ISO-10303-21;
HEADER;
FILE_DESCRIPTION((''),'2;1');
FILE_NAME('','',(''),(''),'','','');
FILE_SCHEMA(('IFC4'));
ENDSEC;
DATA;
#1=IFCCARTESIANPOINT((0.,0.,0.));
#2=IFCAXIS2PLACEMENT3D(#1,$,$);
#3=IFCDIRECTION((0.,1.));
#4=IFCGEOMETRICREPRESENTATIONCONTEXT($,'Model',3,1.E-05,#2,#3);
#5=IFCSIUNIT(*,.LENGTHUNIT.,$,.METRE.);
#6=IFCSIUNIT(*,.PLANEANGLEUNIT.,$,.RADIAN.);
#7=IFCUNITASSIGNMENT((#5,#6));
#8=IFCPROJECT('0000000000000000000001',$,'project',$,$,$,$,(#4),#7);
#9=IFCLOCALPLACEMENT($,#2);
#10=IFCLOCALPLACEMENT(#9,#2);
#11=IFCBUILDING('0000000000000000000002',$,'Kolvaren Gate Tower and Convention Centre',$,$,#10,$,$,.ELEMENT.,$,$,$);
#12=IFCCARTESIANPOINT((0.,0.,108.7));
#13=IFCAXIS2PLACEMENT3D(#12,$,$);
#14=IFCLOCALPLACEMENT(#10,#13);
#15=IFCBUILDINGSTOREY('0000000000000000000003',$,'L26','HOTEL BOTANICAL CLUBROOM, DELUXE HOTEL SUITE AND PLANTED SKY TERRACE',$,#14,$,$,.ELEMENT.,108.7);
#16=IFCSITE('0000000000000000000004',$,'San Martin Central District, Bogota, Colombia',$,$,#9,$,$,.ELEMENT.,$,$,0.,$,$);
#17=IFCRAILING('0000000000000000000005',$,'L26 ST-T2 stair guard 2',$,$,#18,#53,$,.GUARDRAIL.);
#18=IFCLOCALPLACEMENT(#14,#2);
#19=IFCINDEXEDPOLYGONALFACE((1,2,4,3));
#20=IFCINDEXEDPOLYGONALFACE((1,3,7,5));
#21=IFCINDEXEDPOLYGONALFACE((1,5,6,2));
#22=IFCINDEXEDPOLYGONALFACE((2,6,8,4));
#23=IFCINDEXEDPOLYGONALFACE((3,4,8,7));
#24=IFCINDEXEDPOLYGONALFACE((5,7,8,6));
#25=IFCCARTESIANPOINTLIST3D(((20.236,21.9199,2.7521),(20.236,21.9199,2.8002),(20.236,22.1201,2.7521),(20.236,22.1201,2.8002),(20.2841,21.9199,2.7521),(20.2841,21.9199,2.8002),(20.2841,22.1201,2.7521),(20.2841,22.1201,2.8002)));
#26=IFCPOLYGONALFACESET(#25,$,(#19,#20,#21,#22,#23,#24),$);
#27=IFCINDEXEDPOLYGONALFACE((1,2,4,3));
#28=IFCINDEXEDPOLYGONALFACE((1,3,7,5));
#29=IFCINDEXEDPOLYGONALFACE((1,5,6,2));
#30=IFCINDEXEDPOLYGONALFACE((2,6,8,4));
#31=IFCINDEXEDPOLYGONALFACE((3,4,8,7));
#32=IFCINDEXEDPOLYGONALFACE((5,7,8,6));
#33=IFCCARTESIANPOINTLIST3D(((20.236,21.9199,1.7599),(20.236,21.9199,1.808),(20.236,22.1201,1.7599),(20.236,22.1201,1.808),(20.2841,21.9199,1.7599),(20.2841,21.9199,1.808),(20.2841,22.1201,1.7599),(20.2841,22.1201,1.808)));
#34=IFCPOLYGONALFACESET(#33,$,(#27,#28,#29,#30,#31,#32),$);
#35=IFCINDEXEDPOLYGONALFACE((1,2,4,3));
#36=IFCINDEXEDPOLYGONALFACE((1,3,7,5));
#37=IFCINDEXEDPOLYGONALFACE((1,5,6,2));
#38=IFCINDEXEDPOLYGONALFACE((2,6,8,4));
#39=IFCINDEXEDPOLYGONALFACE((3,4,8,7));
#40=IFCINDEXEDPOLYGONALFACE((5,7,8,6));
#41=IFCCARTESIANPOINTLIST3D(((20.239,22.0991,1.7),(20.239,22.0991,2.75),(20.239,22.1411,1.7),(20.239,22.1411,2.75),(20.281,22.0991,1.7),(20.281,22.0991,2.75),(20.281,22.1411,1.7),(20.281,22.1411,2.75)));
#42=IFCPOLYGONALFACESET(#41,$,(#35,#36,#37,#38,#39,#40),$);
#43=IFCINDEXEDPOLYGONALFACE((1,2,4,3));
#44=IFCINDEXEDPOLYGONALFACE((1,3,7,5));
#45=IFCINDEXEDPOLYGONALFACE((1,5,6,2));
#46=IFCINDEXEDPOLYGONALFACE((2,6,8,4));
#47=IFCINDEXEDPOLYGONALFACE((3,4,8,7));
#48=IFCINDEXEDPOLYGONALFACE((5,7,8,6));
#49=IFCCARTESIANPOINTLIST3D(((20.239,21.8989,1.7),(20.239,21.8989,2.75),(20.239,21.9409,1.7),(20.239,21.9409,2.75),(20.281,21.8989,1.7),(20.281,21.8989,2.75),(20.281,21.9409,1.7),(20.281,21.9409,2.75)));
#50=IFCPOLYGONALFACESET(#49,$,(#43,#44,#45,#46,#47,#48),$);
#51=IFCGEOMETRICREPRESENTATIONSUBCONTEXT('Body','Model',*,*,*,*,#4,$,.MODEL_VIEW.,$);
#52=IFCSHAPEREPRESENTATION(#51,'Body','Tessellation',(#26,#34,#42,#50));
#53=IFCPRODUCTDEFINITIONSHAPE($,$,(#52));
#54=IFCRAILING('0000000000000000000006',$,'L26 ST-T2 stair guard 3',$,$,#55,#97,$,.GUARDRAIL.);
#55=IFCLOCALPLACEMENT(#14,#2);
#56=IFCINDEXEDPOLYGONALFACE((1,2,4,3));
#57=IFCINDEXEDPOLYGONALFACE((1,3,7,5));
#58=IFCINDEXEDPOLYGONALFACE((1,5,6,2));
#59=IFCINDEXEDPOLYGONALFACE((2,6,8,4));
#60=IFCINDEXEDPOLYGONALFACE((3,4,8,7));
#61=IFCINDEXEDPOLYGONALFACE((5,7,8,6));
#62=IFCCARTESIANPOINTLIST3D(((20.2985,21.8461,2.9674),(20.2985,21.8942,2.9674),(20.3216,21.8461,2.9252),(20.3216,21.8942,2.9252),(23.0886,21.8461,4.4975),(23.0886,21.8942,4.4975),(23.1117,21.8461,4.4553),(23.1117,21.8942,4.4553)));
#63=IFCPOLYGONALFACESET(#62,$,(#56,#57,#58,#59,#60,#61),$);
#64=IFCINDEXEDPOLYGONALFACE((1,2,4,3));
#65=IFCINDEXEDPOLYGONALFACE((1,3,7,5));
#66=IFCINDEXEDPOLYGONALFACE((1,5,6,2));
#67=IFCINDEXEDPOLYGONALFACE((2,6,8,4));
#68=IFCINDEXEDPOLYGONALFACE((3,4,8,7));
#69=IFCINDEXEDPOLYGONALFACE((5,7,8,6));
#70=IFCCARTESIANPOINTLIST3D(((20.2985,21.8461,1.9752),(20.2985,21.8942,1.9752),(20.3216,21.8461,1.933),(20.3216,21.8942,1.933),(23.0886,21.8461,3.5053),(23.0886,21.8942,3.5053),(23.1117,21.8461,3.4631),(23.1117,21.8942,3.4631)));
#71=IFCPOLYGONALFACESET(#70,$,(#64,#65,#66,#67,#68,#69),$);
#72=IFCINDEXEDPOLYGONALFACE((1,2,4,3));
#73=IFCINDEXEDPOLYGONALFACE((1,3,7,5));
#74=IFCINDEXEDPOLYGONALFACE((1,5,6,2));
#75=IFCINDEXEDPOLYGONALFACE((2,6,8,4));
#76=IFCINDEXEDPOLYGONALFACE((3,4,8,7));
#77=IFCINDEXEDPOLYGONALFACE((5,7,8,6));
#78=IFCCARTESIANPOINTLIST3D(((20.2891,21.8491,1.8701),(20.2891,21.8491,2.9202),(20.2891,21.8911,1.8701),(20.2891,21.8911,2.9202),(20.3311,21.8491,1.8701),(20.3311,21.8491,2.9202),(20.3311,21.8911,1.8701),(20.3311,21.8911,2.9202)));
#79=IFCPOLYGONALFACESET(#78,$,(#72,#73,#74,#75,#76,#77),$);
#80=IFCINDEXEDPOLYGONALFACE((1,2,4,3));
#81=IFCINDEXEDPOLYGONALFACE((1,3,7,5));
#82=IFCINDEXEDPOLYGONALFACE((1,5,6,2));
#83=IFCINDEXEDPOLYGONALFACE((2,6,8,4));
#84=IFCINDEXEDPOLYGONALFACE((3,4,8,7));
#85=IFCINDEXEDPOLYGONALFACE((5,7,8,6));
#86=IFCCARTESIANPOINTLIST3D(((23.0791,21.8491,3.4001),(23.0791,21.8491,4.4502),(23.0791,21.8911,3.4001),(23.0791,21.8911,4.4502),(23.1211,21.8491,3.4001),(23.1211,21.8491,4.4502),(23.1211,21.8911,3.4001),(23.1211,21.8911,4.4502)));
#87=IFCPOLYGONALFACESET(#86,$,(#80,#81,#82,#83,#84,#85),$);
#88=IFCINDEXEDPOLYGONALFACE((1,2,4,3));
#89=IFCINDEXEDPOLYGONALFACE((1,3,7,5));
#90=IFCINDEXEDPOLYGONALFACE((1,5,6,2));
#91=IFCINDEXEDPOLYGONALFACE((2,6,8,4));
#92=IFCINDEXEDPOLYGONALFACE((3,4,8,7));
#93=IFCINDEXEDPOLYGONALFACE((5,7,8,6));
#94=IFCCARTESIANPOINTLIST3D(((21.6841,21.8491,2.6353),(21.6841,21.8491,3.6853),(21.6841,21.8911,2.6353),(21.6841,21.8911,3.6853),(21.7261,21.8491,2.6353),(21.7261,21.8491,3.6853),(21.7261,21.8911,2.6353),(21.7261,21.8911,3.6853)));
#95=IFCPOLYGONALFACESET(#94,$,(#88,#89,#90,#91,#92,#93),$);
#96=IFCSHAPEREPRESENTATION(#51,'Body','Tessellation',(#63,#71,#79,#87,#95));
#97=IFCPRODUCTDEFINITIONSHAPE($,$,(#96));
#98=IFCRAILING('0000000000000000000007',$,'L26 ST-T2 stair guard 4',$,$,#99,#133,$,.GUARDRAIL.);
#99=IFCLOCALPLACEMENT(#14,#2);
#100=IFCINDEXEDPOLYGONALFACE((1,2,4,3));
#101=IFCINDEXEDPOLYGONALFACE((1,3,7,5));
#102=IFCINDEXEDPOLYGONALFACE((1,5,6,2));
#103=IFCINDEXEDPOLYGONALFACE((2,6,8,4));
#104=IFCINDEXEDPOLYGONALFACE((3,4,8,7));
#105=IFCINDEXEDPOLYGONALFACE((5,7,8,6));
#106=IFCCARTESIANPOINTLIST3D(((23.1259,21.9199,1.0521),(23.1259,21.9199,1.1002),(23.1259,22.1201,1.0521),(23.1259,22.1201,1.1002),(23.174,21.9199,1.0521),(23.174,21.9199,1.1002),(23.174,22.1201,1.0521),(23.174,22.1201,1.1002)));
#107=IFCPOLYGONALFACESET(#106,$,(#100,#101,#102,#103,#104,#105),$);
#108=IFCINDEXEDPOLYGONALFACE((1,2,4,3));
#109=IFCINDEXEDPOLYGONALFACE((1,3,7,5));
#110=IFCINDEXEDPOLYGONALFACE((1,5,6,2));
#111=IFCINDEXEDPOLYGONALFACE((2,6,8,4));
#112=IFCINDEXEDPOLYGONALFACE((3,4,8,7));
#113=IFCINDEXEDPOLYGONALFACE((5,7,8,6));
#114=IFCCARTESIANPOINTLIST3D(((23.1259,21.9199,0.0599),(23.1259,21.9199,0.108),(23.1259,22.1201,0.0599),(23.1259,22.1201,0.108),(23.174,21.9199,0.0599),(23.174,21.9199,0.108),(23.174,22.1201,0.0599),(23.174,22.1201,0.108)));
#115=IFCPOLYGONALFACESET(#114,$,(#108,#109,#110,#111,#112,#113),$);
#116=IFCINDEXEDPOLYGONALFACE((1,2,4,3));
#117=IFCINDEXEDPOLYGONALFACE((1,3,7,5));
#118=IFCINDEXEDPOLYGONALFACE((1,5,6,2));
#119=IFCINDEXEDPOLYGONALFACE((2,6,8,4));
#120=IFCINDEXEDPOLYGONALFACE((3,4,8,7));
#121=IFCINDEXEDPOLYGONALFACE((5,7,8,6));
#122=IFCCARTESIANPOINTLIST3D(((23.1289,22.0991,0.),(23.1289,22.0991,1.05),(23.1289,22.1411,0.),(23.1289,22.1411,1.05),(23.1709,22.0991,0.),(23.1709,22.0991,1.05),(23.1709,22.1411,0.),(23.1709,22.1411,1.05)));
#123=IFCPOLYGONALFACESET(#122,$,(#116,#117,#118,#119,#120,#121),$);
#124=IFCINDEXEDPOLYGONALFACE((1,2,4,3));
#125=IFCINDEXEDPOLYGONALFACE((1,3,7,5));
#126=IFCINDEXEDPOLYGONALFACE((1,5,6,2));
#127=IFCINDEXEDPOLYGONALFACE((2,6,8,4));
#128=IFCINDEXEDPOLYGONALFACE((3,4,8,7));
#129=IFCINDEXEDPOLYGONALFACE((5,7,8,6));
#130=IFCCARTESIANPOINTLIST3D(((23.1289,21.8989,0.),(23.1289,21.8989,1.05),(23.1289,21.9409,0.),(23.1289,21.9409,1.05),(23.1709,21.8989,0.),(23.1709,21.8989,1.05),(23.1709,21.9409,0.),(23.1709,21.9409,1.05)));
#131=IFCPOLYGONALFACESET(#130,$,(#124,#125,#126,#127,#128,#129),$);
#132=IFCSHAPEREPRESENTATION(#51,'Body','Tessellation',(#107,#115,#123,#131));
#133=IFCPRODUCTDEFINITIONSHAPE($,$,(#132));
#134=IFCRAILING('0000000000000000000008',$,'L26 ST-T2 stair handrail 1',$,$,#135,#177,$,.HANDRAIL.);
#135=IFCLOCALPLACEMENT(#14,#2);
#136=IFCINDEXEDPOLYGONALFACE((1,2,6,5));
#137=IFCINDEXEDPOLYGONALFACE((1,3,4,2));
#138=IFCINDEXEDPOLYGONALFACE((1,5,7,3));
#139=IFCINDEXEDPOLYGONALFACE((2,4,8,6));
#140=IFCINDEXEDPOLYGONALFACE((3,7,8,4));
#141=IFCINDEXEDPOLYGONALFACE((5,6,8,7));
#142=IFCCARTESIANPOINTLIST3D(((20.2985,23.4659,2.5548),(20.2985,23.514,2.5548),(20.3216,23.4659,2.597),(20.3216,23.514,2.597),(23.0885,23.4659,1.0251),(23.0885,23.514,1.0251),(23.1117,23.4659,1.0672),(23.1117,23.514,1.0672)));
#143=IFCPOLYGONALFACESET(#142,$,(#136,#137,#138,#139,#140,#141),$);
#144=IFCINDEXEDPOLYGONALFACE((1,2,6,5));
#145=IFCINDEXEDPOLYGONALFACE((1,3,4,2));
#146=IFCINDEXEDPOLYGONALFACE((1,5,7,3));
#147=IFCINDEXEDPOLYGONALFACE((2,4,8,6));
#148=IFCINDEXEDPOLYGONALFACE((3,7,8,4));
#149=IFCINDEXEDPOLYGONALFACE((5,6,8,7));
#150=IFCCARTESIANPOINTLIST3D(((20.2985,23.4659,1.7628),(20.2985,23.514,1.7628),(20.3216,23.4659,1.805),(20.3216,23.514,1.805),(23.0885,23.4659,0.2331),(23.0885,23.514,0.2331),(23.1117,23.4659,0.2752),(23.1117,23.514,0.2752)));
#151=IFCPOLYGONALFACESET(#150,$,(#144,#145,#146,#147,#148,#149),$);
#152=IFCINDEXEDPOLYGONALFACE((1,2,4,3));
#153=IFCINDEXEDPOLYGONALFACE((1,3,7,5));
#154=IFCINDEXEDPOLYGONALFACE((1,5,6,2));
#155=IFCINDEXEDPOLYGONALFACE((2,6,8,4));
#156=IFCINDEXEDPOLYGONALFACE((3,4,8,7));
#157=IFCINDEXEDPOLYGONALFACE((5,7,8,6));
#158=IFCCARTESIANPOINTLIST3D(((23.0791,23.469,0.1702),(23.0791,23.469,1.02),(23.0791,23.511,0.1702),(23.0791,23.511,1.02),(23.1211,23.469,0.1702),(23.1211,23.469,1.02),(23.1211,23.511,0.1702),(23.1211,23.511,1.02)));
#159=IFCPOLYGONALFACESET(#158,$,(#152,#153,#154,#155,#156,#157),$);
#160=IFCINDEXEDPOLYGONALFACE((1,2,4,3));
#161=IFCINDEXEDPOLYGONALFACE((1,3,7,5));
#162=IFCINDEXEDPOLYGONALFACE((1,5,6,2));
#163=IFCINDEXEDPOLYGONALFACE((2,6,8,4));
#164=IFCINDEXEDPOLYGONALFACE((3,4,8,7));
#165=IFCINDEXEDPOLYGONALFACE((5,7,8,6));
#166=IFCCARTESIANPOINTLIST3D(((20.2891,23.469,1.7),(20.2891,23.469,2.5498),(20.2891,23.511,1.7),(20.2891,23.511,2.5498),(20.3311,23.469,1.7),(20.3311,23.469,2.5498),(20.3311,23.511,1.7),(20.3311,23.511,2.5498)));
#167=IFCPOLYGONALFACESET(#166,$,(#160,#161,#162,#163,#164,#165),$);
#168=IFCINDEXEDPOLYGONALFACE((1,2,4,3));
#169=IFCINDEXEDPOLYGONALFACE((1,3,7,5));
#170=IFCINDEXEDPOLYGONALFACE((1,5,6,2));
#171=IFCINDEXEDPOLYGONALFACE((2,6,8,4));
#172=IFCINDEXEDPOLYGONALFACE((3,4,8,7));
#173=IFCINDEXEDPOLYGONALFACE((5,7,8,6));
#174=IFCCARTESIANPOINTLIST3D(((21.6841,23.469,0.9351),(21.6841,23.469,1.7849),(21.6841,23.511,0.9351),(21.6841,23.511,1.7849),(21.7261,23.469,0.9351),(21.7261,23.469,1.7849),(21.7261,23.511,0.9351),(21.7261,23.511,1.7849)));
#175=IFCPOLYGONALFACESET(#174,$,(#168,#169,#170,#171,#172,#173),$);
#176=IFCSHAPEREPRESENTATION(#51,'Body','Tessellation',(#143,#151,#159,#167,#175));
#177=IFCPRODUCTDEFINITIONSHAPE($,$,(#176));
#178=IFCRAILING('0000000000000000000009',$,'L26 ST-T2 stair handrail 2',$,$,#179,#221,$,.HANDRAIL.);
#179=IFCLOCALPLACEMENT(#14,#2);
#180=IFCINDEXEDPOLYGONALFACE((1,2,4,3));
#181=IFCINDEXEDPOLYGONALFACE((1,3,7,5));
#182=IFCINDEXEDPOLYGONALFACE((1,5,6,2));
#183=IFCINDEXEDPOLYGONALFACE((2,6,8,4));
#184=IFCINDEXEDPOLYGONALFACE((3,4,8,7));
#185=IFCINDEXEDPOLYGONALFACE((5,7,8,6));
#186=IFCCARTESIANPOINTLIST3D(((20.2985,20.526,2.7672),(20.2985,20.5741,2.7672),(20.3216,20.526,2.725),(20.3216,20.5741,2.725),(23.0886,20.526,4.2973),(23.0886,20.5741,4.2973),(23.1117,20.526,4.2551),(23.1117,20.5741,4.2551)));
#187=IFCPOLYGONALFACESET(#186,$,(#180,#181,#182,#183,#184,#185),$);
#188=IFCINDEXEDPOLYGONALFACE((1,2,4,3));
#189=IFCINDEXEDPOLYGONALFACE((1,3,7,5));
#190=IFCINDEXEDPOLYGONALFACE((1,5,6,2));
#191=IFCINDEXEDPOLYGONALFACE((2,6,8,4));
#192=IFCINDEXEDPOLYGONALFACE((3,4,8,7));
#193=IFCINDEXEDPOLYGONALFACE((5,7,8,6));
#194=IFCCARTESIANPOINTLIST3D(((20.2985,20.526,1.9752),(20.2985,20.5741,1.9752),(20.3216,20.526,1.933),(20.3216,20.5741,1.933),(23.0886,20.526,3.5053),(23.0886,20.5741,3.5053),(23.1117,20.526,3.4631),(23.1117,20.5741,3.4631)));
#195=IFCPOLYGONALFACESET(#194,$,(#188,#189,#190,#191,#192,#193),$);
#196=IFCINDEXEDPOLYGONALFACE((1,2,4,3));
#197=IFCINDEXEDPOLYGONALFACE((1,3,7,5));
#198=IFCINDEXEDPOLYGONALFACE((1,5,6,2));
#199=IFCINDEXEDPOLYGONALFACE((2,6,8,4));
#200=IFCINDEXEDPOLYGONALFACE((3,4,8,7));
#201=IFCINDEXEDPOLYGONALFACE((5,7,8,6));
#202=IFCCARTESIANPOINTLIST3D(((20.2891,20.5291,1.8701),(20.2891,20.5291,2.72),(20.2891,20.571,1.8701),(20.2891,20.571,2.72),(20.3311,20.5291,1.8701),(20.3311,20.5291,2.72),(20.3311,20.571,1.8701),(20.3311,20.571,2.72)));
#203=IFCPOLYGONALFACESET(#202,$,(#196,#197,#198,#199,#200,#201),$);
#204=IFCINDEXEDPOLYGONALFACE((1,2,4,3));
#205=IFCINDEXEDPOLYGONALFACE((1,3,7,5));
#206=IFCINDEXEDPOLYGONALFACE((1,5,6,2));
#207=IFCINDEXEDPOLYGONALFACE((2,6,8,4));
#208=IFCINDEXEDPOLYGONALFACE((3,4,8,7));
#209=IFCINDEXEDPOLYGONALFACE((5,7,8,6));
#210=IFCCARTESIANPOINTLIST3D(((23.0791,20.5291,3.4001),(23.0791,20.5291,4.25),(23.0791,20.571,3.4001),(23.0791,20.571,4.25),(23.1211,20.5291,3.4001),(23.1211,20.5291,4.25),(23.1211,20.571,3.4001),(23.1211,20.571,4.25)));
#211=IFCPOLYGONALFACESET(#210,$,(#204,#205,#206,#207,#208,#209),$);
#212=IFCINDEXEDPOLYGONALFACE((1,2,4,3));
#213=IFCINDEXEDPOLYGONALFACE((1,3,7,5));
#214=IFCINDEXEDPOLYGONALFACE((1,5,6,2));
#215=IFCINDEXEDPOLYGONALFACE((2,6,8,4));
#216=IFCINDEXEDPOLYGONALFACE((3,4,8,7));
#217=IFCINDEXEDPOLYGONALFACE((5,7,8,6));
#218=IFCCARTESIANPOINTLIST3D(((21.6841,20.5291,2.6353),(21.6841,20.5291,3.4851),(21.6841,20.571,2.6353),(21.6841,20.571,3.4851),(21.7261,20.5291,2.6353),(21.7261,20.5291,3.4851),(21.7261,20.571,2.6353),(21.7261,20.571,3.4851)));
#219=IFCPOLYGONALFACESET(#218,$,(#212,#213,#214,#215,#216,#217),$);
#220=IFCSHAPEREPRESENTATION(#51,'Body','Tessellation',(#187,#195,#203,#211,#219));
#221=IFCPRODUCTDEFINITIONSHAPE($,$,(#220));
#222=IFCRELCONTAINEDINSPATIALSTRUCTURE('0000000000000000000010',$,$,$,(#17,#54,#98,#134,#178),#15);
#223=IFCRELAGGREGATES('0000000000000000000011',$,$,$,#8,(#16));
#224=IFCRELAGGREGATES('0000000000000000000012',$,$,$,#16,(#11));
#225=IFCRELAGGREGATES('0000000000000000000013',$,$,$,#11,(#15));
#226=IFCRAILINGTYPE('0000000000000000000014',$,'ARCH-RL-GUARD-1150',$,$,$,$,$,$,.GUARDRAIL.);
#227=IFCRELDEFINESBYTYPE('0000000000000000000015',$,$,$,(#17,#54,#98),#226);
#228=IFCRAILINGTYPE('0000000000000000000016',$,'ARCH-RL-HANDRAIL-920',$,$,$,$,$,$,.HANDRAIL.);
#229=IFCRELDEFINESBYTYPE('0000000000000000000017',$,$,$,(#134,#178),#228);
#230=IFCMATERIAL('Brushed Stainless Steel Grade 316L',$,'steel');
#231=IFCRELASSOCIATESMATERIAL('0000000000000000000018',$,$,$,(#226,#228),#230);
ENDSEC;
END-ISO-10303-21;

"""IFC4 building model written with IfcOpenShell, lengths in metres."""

from ifc_helpers import new_model, si_unit, direction, frame, origin, origin_2d, place, context, subcontext, project, spatial, rectangle, extrude, material, type_object, element, save


model = new_model("IFC4")

# Units and contexts
model_context = context("Model", 3, precision=1e-05, world=origin(), true_north=direction((0.0, 1.0)))
body_context = subcontext(model_context, "Body", "Model", "MODEL_VIEW")
ifc_project = project(units=[si_unit("LENGTHUNIT", "METRE"), si_unit("PLANEANGLEUNIT", "RADIAN")], contexts=[model_context])

# Site, building, storey
site_placement = place(None, origin())
site = spatial("IfcSite", under=ifc_project, at=site_placement, Name="San Martin Central District, Bogota, Colombia", CompositionType="ELEMENT", RefElevation=0.0)
building_placement = place(site_placement, origin())
building = spatial("IfcBuilding", under=site, at=building_placement, Name="Kolvaren Gate Tower and Convention Centre", CompositionType="ELEMENT")
storey_placement = place(building_placement, frame((0.0, 0.0, 108.7)))
storey = spatial("IfcBuildingStorey", under=building, at=storey_placement, Name="L26", Description="HOTEL BOTANICAL CLUBROOM, DELUXE HOTEL SUITE AND PLANTED SKY TERRACE", CompositionType="ELEMENT", Elevation=108.7)

# Shared definitions
ifc_material_1 = material(Name="Brushed Stainless Steel Grade 316L", Category="steel")

# Railings
railing_type_1 = type_object("IfcRailingType", Name="ARCH-RL-GUARD-1150", PredefinedType="GUARDRAIL", material=ifc_material_1)
railing_1_placement = place(storey_placement, frame((20.26, 22.1201, 1.7)))
element("IfcRailing", 1, at=railing_1_placement, inside=storey, type_object=railing_type_1, Name="L26 ST-T2 stair guard 2", PredefinedType="GUARDRAIL", context=body_context, shape_type="SweptSolid", body=[
    extrude(rectangle(XDim=0.0481, YDim=0.0481, at=origin_2d()), frame((0.0, 0.0, 1.0762), z_axis=(0.0, -1.0, 0.0), x_axis=(1.0, 0.0, 0.0)), (0.0, 0.0, 1.0), 0.2002),
    extrude(rectangle(XDim=0.0481, YDim=0.0481, at=origin_2d()), frame((0.0, 0.0, 0.084), z_axis=(0.0, -1.0, 0.0), x_axis=(1.0, 0.0, 0.0)), (0.0, 0.0, 1.0), 0.2002),
    extrude(rectangle(XDim=0.042, YDim=0.042, at=origin_2d()), origin(), (0.0, 0.0, 1.0), 1.05),
    extrude(rectangle(XDim=0.042, YDim=0.042, at=origin_2d()), frame((0.0, -0.2002, 0.0)), (0.0, 0.0, 1.0), 1.05),
])
railing_2_placement = place(storey_placement, frame((20.3101, 21.8701, 1.8701)))
element("IfcRailing", 2, at=railing_2_placement, inside=storey, type_object=railing_type_1, Name="L26 ST-T2 stair guard 3", PredefinedType="GUARDRAIL", context=body_context, shape_type="SweptSolid", body=[
    extrude(rectangle(XDim=0.0481, YDim=0.0481, at=origin_2d()), frame((0.0, 0.0, 1.0762), z_axis=(0.876811, 0.0, 0.480835), x_axis=(0.0, 1.0, 0.0)), (0.0, 0.0, 1.0), 3.1821),
    extrude(rectangle(XDim=0.0481, YDim=0.0481, at=origin_2d()), frame((0.0, 0.0, 0.084), z_axis=(0.876811, 0.0, 0.480835), x_axis=(0.0, 1.0, 0.0)), (0.0, 0.0, 1.0), 3.1821),
    extrude(rectangle(XDim=0.042, YDim=0.042, at=origin_2d()), origin(), (0.0, 0.0, 1.0), 1.05),
    extrude(rectangle(XDim=0.042, YDim=0.042, at=origin_2d()), frame((2.79, 0.0, 1.53)), (0.0, 0.0, 1.0), 1.05),
    extrude(rectangle(XDim=0.042, YDim=0.042, at=origin_2d()), frame((1.395, 0.0, 0.7651)), (0.0, 0.0, 1.0), 1.05),
])
railing_3_placement = place(storey_placement, frame((23.1499, 22.1201, 0.0)))
element("IfcRailing", 3, at=railing_3_placement, inside=storey, type_object=railing_type_1, Name="L26 ST-T2 stair guard 4", PredefinedType="GUARDRAIL", context=body_context, shape_type="SweptSolid", body=[
    extrude(rectangle(XDim=0.0481, YDim=0.0481, at=origin_2d()), frame((0.0, 0.0, 1.0762), z_axis=(0.0, -1.0, 0.0), x_axis=(1.0, 0.0, 0.0)), (0.0, 0.0, 1.0), 0.2002),
    extrude(rectangle(XDim=0.0481, YDim=0.0481, at=origin_2d()), frame((0.0, 0.0, 0.084), z_axis=(0.0, -1.0, 0.0), x_axis=(1.0, 0.0, 0.0)), (0.0, 0.0, 1.0), 0.2002),
    extrude(rectangle(XDim=0.042, YDim=0.042, at=origin_2d()), origin(), (0.0, 0.0, 1.0), 1.05),
    extrude(rectangle(XDim=0.042, YDim=0.042, at=origin_2d()), frame((0.0, -0.2002, 0.0)), (0.0, 0.0, 1.0), 1.05),
])
railing_type_2 = type_object("IfcRailingType", Name="ARCH-RL-HANDRAIL-920", PredefinedType="HANDRAIL", material=ifc_material_1)
railing_4_placement = place(storey_placement, frame((23.1001, 23.49, 0.1702)))
element("IfcRailing", 4, at=railing_4_placement, inside=storey, type_object=railing_type_2, Name="L26 ST-T2 stair handrail 1", PredefinedType="HANDRAIL", context=body_context, shape_type="SweptSolid", body=[
    extrude(rectangle(XDim=0.0481, YDim=0.0481, at=origin_2d()), frame((0.0, 0.0, 0.876), z_axis=(-0.876844, 0.0, 0.480776), x_axis=(0.0, -1.0, 0.0)), (0.0, 0.0, 1.0), 3.1819),
    extrude(rectangle(XDim=0.0481, YDim=0.0481, at=origin_2d()), frame((0.0, 0.0, 0.084), z_axis=(-0.876844, 0.0, 0.480776), x_axis=(0.0, -1.0, 0.0)), (0.0, 0.0, 1.0), 3.1819),
    extrude(rectangle(XDim=0.042, YDim=0.042, at=origin_2d()), origin(), (0.0, 0.0, 1.0), 0.8499),
    extrude(rectangle(XDim=0.042, YDim=0.042, at=origin_2d()), frame((-2.79, 0.0, 1.5298)), (0.0, 0.0, 1.0), 0.8499),
    extrude(rectangle(XDim=0.042, YDim=0.042, at=origin_2d()), frame((-1.395, 0.0, 0.7649)), (0.0, 0.0, 1.0), 0.8499),
])
railing_5_placement = place(storey_placement, frame((20.3101, 20.55, 1.8701)))
element("IfcRailing", 5, at=railing_5_placement, inside=storey, type_object=railing_type_2, Name="L26 ST-T2 stair handrail 2", PredefinedType="HANDRAIL", context=body_context, shape_type="SweptSolid", body=[
    extrude(rectangle(XDim=0.0481, YDim=0.0481, at=origin_2d()), frame((0.0, 0.0, 0.876), z_axis=(0.876811, 0.0, 0.480835), x_axis=(0.0, 1.0, 0.0)), (0.0, 0.0, 1.0), 3.1821),
    extrude(rectangle(XDim=0.0481, YDim=0.0481, at=origin_2d()), frame((0.0, 0.0, 0.084), z_axis=(0.876811, 0.0, 0.480835), x_axis=(0.0, 1.0, 0.0)), (0.0, 0.0, 1.0), 3.1821),
    extrude(rectangle(XDim=0.042, YDim=0.042, at=origin_2d()), origin(), (0.0, 0.0, 1.0), 0.8499),
    extrude(rectangle(XDim=0.042, YDim=0.042, at=origin_2d()), frame((2.79, 0.0, 1.53)), (0.0, 0.0, 1.0), 0.8499),
    extrude(rectangle(XDim=0.042, YDim=0.042, at=origin_2d()), frame((1.395, 0.0, 0.7651)), (0.0, 0.0, 1.0), 0.8499),
])

save(model, "model.ifc")
